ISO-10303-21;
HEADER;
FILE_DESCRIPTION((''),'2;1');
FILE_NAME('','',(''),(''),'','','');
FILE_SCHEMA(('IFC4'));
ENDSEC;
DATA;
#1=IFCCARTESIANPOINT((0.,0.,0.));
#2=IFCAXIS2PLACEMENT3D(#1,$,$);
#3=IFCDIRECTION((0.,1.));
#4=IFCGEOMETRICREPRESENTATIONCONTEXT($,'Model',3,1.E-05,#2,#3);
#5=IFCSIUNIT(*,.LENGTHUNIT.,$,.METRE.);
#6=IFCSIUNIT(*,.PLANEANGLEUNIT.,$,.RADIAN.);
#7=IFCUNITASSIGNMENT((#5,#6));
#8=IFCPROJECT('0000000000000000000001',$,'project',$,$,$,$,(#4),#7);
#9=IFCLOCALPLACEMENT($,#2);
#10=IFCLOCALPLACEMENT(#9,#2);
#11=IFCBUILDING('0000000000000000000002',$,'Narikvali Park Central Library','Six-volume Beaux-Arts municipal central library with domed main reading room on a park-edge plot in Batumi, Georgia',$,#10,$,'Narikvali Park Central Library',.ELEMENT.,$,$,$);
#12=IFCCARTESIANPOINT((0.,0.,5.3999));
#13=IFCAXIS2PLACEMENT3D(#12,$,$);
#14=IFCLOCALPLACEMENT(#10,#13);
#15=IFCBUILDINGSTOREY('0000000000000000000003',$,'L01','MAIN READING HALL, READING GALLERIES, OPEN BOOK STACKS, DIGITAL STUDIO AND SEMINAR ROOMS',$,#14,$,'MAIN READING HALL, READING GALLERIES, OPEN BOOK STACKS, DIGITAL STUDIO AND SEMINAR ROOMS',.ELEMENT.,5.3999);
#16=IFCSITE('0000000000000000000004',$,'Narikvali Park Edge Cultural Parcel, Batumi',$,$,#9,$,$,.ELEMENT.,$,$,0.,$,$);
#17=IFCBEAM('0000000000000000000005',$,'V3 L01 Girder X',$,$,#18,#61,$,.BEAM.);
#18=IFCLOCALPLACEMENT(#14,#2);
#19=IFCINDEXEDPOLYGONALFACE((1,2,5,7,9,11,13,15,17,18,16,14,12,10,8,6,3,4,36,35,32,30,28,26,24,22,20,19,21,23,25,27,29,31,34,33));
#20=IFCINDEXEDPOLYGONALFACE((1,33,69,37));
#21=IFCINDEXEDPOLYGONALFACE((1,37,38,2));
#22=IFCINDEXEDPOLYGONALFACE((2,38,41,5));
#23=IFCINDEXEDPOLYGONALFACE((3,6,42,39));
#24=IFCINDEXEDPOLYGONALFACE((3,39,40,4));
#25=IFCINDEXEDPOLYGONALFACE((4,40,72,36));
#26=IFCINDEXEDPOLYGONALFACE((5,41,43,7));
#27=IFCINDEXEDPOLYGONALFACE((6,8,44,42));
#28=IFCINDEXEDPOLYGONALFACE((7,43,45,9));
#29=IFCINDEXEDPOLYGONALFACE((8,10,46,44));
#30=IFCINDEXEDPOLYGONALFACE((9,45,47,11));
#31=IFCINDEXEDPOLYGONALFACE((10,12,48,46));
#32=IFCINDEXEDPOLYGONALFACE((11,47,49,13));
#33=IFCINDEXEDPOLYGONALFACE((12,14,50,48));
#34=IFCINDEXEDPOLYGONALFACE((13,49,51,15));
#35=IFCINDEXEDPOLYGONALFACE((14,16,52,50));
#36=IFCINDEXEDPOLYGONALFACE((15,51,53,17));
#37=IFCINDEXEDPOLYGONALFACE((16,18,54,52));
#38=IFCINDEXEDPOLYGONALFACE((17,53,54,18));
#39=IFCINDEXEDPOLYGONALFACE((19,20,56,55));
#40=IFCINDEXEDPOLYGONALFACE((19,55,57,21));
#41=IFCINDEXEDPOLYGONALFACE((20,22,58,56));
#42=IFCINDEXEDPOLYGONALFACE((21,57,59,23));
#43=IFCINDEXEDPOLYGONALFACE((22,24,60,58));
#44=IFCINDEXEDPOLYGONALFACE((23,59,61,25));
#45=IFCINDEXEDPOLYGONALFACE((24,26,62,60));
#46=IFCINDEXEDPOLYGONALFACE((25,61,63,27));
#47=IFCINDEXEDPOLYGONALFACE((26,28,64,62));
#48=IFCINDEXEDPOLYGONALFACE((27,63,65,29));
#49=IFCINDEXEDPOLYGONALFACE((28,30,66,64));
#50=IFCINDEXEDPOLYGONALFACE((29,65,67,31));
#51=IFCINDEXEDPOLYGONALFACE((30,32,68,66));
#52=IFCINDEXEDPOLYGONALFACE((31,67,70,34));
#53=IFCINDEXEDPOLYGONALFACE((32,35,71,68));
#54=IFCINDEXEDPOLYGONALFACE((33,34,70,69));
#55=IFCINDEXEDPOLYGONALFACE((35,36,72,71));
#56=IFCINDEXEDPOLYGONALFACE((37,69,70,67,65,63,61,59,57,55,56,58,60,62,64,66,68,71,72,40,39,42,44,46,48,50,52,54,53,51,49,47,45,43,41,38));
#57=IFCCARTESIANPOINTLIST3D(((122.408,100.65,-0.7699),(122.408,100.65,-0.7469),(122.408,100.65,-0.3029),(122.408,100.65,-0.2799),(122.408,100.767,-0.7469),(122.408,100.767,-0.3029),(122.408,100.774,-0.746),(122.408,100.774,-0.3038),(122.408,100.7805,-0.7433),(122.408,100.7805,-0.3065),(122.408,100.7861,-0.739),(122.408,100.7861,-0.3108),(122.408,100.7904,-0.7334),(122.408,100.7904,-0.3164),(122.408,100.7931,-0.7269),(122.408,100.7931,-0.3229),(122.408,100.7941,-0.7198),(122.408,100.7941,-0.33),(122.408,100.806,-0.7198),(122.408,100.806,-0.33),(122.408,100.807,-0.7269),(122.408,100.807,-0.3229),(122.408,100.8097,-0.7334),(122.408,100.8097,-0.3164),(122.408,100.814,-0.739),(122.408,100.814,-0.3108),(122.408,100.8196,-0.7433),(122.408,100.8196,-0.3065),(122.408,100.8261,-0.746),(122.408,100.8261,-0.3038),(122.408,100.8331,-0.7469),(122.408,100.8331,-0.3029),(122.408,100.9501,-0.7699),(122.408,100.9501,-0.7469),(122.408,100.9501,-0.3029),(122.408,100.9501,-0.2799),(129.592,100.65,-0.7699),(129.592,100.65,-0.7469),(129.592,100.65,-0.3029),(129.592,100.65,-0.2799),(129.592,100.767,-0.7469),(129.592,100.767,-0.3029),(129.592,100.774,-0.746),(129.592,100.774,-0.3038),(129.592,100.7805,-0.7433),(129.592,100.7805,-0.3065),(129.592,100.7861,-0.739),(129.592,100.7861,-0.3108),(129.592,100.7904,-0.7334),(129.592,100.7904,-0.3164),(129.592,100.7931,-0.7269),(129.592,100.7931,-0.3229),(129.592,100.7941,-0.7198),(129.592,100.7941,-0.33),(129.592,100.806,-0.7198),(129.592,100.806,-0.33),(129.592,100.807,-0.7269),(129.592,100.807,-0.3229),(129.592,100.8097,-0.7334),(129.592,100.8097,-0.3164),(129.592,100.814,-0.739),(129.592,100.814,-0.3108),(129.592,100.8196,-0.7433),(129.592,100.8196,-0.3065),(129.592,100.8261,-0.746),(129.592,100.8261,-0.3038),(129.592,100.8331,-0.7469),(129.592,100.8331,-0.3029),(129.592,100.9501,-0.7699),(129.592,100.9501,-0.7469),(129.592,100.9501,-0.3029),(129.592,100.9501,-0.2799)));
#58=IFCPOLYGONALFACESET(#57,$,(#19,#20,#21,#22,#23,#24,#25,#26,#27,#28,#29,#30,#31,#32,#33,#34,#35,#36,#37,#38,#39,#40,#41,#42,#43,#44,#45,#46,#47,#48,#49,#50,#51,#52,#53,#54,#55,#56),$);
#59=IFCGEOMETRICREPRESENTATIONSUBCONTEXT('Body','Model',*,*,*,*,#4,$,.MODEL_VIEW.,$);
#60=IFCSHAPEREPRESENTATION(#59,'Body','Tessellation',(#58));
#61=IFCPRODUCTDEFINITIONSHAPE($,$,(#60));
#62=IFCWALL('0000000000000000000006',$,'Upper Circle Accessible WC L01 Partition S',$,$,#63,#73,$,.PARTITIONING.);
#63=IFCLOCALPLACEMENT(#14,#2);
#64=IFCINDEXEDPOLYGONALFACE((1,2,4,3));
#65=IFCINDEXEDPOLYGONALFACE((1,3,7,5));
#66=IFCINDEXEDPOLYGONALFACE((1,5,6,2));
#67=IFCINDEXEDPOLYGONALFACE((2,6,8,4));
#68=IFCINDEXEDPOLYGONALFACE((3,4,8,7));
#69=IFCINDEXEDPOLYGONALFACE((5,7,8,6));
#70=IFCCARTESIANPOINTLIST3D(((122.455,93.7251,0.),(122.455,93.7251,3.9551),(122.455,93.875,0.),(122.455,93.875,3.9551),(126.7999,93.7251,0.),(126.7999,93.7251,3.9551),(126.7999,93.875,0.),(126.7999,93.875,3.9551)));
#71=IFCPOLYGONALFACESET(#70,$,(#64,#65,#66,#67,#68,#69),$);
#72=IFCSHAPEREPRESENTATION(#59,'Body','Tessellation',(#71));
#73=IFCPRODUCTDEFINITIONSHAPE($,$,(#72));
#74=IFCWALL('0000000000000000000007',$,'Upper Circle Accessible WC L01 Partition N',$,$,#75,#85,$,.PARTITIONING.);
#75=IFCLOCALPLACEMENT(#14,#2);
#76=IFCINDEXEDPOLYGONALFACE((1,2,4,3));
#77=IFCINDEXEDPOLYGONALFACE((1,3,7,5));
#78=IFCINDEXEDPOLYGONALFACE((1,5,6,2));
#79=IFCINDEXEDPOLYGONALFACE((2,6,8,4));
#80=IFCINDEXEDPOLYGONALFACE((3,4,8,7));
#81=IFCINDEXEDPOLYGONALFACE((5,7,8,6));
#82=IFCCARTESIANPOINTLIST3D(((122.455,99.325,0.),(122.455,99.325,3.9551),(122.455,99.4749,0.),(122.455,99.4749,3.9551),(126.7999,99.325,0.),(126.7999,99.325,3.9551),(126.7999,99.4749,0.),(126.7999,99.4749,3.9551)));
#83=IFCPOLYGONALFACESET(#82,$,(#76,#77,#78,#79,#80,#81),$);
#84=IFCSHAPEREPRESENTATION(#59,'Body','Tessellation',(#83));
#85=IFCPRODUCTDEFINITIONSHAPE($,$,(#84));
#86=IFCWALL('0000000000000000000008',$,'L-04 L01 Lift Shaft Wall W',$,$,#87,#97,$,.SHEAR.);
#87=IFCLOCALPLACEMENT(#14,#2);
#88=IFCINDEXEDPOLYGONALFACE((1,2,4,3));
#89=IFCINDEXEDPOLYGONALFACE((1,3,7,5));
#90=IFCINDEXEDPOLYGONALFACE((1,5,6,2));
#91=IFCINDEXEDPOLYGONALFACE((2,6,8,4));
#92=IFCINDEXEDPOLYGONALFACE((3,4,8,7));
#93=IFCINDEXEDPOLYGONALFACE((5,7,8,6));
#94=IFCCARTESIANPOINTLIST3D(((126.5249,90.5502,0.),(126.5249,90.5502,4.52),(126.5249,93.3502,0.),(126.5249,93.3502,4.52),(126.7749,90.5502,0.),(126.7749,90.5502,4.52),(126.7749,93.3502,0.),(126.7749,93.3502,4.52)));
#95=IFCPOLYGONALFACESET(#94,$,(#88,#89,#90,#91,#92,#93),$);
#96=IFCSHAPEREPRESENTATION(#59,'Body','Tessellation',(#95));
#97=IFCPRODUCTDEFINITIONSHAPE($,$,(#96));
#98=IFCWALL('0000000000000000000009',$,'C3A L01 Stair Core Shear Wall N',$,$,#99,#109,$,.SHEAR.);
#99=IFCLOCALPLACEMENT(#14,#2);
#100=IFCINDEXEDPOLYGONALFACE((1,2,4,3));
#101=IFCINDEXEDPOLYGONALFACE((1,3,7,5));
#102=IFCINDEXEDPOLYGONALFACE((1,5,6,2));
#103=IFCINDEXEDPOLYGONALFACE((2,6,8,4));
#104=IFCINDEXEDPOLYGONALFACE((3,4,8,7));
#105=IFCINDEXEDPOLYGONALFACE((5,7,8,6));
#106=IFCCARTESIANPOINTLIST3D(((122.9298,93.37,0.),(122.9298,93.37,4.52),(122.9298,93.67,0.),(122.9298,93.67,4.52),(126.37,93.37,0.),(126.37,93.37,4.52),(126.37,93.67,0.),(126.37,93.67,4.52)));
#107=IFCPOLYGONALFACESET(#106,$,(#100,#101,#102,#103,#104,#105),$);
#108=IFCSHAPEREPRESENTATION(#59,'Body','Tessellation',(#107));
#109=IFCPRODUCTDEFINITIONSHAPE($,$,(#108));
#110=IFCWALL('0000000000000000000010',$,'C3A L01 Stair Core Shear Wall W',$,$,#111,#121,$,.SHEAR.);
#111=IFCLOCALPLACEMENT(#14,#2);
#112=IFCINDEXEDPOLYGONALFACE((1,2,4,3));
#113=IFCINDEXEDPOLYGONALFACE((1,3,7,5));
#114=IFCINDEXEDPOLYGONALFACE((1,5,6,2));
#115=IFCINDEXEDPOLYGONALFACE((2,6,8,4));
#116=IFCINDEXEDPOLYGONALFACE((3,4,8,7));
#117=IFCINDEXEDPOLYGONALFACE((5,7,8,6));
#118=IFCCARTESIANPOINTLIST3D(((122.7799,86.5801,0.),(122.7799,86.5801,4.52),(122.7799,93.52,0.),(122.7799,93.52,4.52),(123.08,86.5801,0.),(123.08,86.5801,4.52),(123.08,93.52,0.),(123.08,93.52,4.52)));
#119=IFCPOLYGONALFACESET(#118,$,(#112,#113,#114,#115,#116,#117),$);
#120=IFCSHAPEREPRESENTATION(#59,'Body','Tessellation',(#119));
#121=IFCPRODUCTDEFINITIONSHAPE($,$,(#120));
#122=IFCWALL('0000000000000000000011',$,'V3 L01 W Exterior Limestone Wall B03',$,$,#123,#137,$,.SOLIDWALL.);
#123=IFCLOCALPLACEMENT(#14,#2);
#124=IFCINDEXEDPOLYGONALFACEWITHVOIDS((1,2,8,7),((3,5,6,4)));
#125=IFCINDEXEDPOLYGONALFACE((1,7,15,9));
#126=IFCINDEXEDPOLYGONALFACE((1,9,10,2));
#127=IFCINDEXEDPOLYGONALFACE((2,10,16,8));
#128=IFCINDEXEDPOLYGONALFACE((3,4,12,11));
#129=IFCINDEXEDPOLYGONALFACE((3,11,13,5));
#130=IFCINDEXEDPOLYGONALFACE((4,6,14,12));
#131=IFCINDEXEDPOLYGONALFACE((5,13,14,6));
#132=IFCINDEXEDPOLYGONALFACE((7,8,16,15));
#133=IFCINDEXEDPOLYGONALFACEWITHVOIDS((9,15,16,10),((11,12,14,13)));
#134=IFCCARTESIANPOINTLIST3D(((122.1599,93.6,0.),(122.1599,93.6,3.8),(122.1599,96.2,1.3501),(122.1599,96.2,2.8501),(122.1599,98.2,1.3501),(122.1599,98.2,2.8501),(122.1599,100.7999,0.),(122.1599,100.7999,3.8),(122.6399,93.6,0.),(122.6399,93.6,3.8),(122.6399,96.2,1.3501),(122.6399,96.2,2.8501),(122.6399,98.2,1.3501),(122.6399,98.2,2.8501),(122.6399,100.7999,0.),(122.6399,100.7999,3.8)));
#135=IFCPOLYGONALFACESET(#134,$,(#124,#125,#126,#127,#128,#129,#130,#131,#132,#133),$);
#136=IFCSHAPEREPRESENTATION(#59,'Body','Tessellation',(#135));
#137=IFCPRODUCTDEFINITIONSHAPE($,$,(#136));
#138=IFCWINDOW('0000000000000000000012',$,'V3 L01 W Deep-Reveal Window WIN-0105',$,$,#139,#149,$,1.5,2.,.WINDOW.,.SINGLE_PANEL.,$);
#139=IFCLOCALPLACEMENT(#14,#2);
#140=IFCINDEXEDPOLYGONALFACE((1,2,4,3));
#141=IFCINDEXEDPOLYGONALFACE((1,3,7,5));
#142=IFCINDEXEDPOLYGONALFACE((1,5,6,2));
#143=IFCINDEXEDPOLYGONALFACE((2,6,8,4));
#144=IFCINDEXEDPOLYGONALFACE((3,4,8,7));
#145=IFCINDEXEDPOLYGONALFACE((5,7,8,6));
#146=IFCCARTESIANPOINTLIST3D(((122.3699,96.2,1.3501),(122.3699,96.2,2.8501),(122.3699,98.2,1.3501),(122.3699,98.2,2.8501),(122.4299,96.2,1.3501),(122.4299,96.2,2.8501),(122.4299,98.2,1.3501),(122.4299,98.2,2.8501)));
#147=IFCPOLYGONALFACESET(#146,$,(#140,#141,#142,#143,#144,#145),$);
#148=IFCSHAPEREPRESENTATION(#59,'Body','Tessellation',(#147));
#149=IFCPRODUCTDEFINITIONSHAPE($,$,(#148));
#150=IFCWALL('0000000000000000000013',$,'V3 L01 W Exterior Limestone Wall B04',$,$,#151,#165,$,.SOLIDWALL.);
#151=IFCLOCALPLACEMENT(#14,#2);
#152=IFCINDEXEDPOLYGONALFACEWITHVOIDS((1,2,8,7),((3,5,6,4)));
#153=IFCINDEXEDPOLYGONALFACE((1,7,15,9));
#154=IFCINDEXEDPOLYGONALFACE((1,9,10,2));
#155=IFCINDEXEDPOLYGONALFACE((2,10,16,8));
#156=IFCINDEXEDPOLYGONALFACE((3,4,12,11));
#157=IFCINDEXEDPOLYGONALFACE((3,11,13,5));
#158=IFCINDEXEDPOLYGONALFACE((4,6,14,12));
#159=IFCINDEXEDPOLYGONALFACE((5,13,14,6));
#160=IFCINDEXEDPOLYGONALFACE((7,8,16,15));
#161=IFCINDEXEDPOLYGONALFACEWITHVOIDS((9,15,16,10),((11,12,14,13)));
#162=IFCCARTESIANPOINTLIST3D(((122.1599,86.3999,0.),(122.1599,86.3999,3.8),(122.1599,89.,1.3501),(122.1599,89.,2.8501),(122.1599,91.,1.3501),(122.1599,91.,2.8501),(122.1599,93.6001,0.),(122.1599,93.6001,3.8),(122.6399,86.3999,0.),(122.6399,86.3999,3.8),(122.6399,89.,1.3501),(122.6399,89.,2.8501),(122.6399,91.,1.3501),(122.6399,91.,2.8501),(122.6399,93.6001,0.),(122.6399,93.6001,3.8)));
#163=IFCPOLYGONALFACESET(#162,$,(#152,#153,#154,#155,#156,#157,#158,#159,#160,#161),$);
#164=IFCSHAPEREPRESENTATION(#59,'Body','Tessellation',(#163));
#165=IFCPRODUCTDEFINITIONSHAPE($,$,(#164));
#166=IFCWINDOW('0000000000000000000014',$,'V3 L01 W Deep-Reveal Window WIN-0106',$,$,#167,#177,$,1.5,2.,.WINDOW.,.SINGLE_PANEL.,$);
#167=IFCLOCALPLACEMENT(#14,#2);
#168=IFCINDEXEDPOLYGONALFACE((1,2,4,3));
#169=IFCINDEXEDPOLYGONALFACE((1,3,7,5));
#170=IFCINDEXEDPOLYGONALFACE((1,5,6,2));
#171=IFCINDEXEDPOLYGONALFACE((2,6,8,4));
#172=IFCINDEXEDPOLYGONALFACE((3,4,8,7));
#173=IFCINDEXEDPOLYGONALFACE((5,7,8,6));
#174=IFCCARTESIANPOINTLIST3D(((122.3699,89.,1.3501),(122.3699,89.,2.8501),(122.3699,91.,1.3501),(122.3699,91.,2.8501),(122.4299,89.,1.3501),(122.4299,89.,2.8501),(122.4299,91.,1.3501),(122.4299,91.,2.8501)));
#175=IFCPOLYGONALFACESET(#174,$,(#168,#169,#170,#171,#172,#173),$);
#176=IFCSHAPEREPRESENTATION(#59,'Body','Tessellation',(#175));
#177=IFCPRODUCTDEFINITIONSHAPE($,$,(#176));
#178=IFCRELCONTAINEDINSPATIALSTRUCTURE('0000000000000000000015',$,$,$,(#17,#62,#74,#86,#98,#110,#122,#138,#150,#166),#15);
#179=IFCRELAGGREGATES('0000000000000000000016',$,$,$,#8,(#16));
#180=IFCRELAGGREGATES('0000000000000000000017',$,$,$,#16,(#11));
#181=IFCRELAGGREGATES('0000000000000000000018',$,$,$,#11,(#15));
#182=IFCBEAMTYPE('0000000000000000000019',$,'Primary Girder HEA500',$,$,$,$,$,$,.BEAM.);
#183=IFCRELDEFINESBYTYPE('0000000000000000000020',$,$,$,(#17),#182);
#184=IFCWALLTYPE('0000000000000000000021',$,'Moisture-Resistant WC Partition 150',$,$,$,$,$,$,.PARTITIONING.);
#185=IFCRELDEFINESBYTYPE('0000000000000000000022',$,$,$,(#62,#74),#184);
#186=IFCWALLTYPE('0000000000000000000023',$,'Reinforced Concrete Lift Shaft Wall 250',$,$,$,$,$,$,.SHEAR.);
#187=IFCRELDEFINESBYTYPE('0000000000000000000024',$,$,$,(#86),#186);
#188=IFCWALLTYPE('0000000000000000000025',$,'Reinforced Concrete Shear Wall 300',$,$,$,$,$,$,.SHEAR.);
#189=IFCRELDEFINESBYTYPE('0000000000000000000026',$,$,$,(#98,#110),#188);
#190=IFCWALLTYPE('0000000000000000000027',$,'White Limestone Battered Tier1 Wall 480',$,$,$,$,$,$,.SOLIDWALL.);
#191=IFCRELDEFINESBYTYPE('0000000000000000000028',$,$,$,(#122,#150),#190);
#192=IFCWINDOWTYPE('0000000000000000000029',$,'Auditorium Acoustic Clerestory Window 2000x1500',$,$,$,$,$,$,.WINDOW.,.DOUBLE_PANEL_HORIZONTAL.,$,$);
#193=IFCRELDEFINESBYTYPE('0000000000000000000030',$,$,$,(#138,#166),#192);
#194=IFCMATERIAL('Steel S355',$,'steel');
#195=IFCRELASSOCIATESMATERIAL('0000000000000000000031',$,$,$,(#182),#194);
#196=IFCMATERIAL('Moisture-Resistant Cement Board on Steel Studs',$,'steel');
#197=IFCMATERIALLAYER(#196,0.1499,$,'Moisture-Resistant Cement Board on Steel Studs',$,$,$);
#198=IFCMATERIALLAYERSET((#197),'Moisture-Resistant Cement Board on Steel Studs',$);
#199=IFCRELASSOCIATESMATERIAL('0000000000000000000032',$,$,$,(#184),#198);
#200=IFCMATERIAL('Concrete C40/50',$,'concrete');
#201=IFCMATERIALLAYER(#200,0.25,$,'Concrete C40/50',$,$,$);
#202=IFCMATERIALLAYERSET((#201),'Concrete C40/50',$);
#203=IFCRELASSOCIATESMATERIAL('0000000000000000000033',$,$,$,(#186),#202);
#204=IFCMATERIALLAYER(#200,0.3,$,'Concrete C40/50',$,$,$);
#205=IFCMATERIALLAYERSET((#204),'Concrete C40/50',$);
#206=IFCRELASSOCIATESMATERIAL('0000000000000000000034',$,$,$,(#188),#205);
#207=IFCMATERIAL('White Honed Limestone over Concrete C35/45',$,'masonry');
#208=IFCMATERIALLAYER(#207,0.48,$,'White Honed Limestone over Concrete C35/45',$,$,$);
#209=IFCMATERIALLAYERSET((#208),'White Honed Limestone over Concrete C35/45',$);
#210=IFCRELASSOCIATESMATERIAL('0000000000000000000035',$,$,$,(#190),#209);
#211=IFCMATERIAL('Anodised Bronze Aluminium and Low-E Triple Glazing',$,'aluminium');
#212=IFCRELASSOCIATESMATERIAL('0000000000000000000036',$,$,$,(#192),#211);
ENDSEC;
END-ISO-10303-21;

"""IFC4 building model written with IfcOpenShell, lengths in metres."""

from ifc_helpers import new_model, si_unit, direction, frame, frame_2d, origin, origin_2d, place, context, subcontext, project, spatial, rectangle, i_section, extrude, material, layer, layer_set, material_profile, profile_set, type_object, element, fill, save


model = new_model("IFC4")

# Units and contexts
model_context = context("Model", 3, precision=1e-05, world=origin(), true_north=direction((0.0, 1.0)))
body_context = subcontext(model_context, "Body", "Model", "MODEL_VIEW")
ifc_project = project(units=[si_unit("LENGTHUNIT", "METRE"), si_unit("PLANEANGLEUNIT", "RADIAN")], contexts=[model_context])

# Site, building, storey
site_placement = place(None, origin())
site = spatial("IfcSite", under=ifc_project, at=site_placement, Name="Narikvali Park Edge Cultural Parcel, Batumi", CompositionType="ELEMENT", RefElevation=0.0)
building_placement = place(site_placement, origin())
building = spatial("IfcBuilding", under=site, at=building_placement, Name="Narikvali Park Central Library", Description="Six-volume Beaux-Arts municipal central library with domed main reading room on a park-edge plot in Batumi, Georgia", LongName="Narikvali Park Central Library", CompositionType="ELEMENT")
storey_placement = place(building_placement, frame((0.0, 0.0, 5.3999)))
storey = spatial("IfcBuildingStorey", under=building, at=storey_placement, Name="L01", Description="MAIN READING HALL, READING GALLERIES, OPEN BOOK STACKS, DIGITAL STUDIO AND SEMINAR ROOMS", LongName="MAIN READING HALL, READING GALLERIES, OPEN BOOK STACKS, DIGITAL STUDIO AND SEMINAR ROOMS", CompositionType="ELEMENT", Elevation=5.3999)

# Shared definitions
ifc_material_1 = material(Name="Steel S355", Category="steel")

# Beam
ifc_material_profile_1 = material_profile(ifc_material_1, i_section(OverallWidth=0.3, OverallDepth=0.49, WebThickness=0.012, FlangeThickness=0.0229, FilletRadius=0.0271, at=origin_2d()), Name="HEA 500")
ifc_profile_set_1 = profile_set([ifc_material_profile_1], Name="Steel S355")
beam_type_1 = type_object("IfcBeamType", Name="Primary Girder HEA500", PredefinedType="BEAM", material=ifc_profile_set_1)
for number, where, z_axis, x_axis, name in (
    (1, (122.408, 100.8, -0.5249), (1.0, 0.0, 0.0), (0.0, 1.0, 0.0), "V3 L01 Girder X"),
):
    element("IfcBeam", number, at=place(storey_placement, frame(where, z_axis=z_axis, x_axis=x_axis)), inside=storey, type_object=beam_type_1, Name=name, PredefinedType="BEAM", context=body_context, shape_type="SweptSolid", body=[
        extrude(i_section(OverallWidth=0.3, OverallDepth=0.49, WebThickness=0.012, FlangeThickness=0.0229, FilletRadius=0.0271, at=origin_2d()), origin(), (0.0, 0.0, 1.0), 7.1841),
    ])

# Walls
ifc_material_2 = material(Name="Moisture-Resistant Cement Board on Steel Studs", Category="steel")
ifc_layer_1 = layer(ifc_material_2, 0.1499, Name="Moisture-Resistant Cement Board on Steel Studs")
ifc_layer_set_1 = layer_set([ifc_layer_1], Name="Moisture-Resistant Cement Board on Steel Studs")
wall_type_1 = type_object("IfcWallType", Name="Moisture-Resistant WC Partition 150", PredefinedType="PARTITIONING", material=ifc_layer_set_1)
for number, where, z_axis, x_axis, name in (
    (2, (122.4551, 93.8, 0.0), (0.0, 0.0, 1.0), (1.0, 0.0, 0.0), "Upper Circle Accessible WC L01 Partition S"),
    (3, (122.4551, 99.3999, 0.0), (0.0, 0.0, 1.0), (1.0, 0.0, 0.0), "Upper Circle Accessible WC L01 Partition N"),
):
    element("IfcWall", number, at=place(storey_placement, frame(where, z_axis=z_axis, x_axis=x_axis)), inside=storey, type_object=wall_type_1, Name=name, PredefinedType="PARTITIONING", context=body_context, shape_type="SweptSolid", body=[
        extrude(rectangle(XDim=4.345, YDim=0.1499, at=frame_2d((2.1724, 0.0))), origin(), (0.0, 0.0, 1.0), 3.9551),
    ])
ifc_material_3 = material(Name="Concrete C40/50", Category="concrete")
ifc_layer_2 = layer(ifc_material_3, 0.25, Name="Concrete C40/50")
ifc_layer_set_2 = layer_set([ifc_layer_2], Name="Concrete C40/50")
wall_type_2 = type_object("IfcWallType", Name="Reinforced Concrete Lift Shaft Wall 250", PredefinedType="SHEAR", material=ifc_layer_set_2)
wall_1_placement = place(storey_placement, frame((126.6499, 93.3501, 0.0), z_axis=(0.0, 0.0, 1.0), x_axis=(0.0, -1.0, 0.0)))
element("IfcWall", 4, at=wall_1_placement, inside=storey, type_object=wall_type_2, Name="L-04 L01 Lift Shaft Wall W", PredefinedType="SHEAR", context=body_context, shape_type="SweptSolid", body=[
    extrude(rectangle(XDim=2.8, YDim=0.25, at=frame_2d((1.3999, 0.0))), origin(), (0.0, 0.0, 1.0), 4.52),
])
ifc_layer_3 = layer(ifc_material_3, 0.3, Name="Concrete C40/50")
ifc_layer_set_3 = layer_set([ifc_layer_3], Name="Concrete C40/50")
wall_type_3 = type_object("IfcWallType", Name="Reinforced Concrete Shear Wall 300", PredefinedType="SHEAR", material=ifc_layer_set_3)
wall_2_placement = place(storey_placement, frame((126.3701, 93.52, 0.0), z_axis=(0.0, 0.0, 1.0), x_axis=(-1.0, 0.0, 0.0)))
element("IfcWall", 5, at=wall_2_placement, inside=storey, type_object=wall_type_3, Name="C3A L01 Stair Core Shear Wall N", PredefinedType="SHEAR", context=body_context, shape_type="SweptSolid", body=[
    extrude(rectangle(XDim=3.4402, YDim=0.3, at=frame_2d((1.7202, 0.0))), origin(), (0.0, 0.0, 1.0), 4.52),
])
wall_3_placement = place(storey_placement, frame((122.9299, 93.52, 0.0), z_axis=(0.0, 0.0, 1.0), x_axis=(0.0, -1.0, 0.0)))
element("IfcWall", 6, at=wall_3_placement, inside=storey, type_object=wall_type_3, Name="C3A L01 Stair Core Shear Wall W", PredefinedType="SHEAR", context=body_context, shape_type="SweptSolid", body=[
    extrude(rectangle(XDim=6.9399, YDim=0.3, at=frame_2d((3.47, 0.0))), origin(), (0.0, 0.0, 1.0), 4.52),
])

# Walls, openings, windows
ifc_material_4 = material(Name="White Honed Limestone over Concrete C35/45", Category="masonry")
ifc_layer_4 = layer(ifc_material_4, 0.48, Name="White Honed Limestone over Concrete C35/45")
ifc_layer_set_4 = layer_set([ifc_layer_4], Name="White Honed Limestone over Concrete C35/45")
wall_type_4 = type_object("IfcWallType", Name="White Limestone Battered Tier1 Wall 480", PredefinedType="SOLIDWALL", material=ifc_layer_set_4)
wall_4_placement = place(storey_placement, frame((122.3999, 100.8, 0.0), z_axis=(0.0, 0.0, 1.0), x_axis=(0.0, -1.0, 0.0)))
wall_4 = element("IfcWall", 7, at=wall_4_placement, inside=storey, type_object=wall_type_4, Name="V3 L01 W Exterior Limestone Wall B03", PredefinedType="SOLIDWALL", context=body_context, shape_type="SweptSolid", body=[
    extrude(rectangle(XDim=7.2, YDim=0.48, at=frame_2d((3.6001, 0.0))), origin(), (0.0, 0.0, 1.0), 3.8),
])
opening_1_placement = place(wall_4_placement, frame((2.6001, 0.0, 1.3501)))
opening_1 = element("IfcOpeningElement", 8, at=opening_1_placement, cuts=wall_4, PredefinedType="OPENING", context=body_context, shape_type="SweptSolid", body=[
    extrude(rectangle(XDim=2.0, YDim=1.5, at=frame_2d((1.0, 0.75))), frame((0.0, 0.252, 0.0), z_axis=(0.0, -1.0, 0.0), x_axis=(1.0, 0.0, 0.0)), (0.0, 0.0, 1.0), 0.5039),
])
ifc_material_5 = material(Name="Anodised Bronze Aluminium and Low-E Triple Glazing", Category="aluminium")
window_type = type_object("IfcWindowType", Name="Auditorium Acoustic Clerestory Window 2000x1500", PartitioningType="DOUBLE_PANEL_HORIZONTAL", PredefinedType="WINDOW", material=ifc_material_5)
window_1_placement = place(opening_1_placement, origin())
window_1 = element("IfcWindow", 9, at=window_1_placement, inside=storey, type_object=window_type, Name="V3 L01 W Deep-Reveal Window WIN-0105", OverallHeight=1.5, OverallWidth=2.0, PartitioningType="SINGLE_PANEL", PredefinedType="WINDOW", context=body_context, shape_type="SweptSolid", body=[
    extrude(rectangle(XDim=2.0, YDim=1.5, at=frame_2d((1.0, 0.75))), frame((0.0, 0.03, 0.0), z_axis=(0.0, -1.0, 0.0), x_axis=(1.0, 0.0, 0.0)), (0.0, 0.0, 1.0), 0.0601),
])
fill(opening_1, window_1)
wall_5_placement = place(storey_placement, frame((122.3999, 93.6001, 0.0), z_axis=(0.0, 0.0, 1.0), x_axis=(0.0, -1.0, 0.0)))
wall_5 = element("IfcWall", 10, at=wall_5_placement, inside=storey, type_object=wall_type_4, Name="V3 L01 W Exterior Limestone Wall B04", PredefinedType="SOLIDWALL", context=body_context, shape_type="SweptSolid", body=[
    extrude(rectangle(XDim=7.2002, YDim=0.48, at=frame_2d((3.6001, 0.0))), origin(), (0.0, 0.0, 1.0), 3.8),
])
opening_2_placement = place(wall_5_placement, frame((2.6001, 0.0, 1.3501)))
opening_2 = element("IfcOpeningElement", 11, at=opening_2_placement, cuts=wall_5, PredefinedType="OPENING", context=body_context, shape_type="SweptSolid", body=[
    extrude(rectangle(XDim=2.0, YDim=1.5, at=frame_2d((1.0, 0.75))), frame((0.0, 0.252, 0.0), z_axis=(0.0, -1.0, 0.0), x_axis=(1.0, 0.0, 0.0)), (0.0, 0.0, 1.0), 0.5039),
])
window_2_placement = place(opening_2_placement, origin())
window_2 = element("IfcWindow", 12, at=window_2_placement, inside=storey, type_object=window_type, Name="V3 L01 W Deep-Reveal Window WIN-0106", OverallHeight=1.5, OverallWidth=2.0, PartitioningType="SINGLE_PANEL", PredefinedType="WINDOW", context=body_context, shape_type="SweptSolid", body=[
    extrude(rectangle(XDim=2.0, YDim=1.5, at=frame_2d((1.0, 0.75))), frame((0.0, 0.03, 0.0), z_axis=(0.0, -1.0, 0.0), x_axis=(1.0, 0.0, 0.0)), (0.0, 0.0, 1.0), 0.0601),
])
fill(opening_2, window_2)

save(model, "model.ifc")
